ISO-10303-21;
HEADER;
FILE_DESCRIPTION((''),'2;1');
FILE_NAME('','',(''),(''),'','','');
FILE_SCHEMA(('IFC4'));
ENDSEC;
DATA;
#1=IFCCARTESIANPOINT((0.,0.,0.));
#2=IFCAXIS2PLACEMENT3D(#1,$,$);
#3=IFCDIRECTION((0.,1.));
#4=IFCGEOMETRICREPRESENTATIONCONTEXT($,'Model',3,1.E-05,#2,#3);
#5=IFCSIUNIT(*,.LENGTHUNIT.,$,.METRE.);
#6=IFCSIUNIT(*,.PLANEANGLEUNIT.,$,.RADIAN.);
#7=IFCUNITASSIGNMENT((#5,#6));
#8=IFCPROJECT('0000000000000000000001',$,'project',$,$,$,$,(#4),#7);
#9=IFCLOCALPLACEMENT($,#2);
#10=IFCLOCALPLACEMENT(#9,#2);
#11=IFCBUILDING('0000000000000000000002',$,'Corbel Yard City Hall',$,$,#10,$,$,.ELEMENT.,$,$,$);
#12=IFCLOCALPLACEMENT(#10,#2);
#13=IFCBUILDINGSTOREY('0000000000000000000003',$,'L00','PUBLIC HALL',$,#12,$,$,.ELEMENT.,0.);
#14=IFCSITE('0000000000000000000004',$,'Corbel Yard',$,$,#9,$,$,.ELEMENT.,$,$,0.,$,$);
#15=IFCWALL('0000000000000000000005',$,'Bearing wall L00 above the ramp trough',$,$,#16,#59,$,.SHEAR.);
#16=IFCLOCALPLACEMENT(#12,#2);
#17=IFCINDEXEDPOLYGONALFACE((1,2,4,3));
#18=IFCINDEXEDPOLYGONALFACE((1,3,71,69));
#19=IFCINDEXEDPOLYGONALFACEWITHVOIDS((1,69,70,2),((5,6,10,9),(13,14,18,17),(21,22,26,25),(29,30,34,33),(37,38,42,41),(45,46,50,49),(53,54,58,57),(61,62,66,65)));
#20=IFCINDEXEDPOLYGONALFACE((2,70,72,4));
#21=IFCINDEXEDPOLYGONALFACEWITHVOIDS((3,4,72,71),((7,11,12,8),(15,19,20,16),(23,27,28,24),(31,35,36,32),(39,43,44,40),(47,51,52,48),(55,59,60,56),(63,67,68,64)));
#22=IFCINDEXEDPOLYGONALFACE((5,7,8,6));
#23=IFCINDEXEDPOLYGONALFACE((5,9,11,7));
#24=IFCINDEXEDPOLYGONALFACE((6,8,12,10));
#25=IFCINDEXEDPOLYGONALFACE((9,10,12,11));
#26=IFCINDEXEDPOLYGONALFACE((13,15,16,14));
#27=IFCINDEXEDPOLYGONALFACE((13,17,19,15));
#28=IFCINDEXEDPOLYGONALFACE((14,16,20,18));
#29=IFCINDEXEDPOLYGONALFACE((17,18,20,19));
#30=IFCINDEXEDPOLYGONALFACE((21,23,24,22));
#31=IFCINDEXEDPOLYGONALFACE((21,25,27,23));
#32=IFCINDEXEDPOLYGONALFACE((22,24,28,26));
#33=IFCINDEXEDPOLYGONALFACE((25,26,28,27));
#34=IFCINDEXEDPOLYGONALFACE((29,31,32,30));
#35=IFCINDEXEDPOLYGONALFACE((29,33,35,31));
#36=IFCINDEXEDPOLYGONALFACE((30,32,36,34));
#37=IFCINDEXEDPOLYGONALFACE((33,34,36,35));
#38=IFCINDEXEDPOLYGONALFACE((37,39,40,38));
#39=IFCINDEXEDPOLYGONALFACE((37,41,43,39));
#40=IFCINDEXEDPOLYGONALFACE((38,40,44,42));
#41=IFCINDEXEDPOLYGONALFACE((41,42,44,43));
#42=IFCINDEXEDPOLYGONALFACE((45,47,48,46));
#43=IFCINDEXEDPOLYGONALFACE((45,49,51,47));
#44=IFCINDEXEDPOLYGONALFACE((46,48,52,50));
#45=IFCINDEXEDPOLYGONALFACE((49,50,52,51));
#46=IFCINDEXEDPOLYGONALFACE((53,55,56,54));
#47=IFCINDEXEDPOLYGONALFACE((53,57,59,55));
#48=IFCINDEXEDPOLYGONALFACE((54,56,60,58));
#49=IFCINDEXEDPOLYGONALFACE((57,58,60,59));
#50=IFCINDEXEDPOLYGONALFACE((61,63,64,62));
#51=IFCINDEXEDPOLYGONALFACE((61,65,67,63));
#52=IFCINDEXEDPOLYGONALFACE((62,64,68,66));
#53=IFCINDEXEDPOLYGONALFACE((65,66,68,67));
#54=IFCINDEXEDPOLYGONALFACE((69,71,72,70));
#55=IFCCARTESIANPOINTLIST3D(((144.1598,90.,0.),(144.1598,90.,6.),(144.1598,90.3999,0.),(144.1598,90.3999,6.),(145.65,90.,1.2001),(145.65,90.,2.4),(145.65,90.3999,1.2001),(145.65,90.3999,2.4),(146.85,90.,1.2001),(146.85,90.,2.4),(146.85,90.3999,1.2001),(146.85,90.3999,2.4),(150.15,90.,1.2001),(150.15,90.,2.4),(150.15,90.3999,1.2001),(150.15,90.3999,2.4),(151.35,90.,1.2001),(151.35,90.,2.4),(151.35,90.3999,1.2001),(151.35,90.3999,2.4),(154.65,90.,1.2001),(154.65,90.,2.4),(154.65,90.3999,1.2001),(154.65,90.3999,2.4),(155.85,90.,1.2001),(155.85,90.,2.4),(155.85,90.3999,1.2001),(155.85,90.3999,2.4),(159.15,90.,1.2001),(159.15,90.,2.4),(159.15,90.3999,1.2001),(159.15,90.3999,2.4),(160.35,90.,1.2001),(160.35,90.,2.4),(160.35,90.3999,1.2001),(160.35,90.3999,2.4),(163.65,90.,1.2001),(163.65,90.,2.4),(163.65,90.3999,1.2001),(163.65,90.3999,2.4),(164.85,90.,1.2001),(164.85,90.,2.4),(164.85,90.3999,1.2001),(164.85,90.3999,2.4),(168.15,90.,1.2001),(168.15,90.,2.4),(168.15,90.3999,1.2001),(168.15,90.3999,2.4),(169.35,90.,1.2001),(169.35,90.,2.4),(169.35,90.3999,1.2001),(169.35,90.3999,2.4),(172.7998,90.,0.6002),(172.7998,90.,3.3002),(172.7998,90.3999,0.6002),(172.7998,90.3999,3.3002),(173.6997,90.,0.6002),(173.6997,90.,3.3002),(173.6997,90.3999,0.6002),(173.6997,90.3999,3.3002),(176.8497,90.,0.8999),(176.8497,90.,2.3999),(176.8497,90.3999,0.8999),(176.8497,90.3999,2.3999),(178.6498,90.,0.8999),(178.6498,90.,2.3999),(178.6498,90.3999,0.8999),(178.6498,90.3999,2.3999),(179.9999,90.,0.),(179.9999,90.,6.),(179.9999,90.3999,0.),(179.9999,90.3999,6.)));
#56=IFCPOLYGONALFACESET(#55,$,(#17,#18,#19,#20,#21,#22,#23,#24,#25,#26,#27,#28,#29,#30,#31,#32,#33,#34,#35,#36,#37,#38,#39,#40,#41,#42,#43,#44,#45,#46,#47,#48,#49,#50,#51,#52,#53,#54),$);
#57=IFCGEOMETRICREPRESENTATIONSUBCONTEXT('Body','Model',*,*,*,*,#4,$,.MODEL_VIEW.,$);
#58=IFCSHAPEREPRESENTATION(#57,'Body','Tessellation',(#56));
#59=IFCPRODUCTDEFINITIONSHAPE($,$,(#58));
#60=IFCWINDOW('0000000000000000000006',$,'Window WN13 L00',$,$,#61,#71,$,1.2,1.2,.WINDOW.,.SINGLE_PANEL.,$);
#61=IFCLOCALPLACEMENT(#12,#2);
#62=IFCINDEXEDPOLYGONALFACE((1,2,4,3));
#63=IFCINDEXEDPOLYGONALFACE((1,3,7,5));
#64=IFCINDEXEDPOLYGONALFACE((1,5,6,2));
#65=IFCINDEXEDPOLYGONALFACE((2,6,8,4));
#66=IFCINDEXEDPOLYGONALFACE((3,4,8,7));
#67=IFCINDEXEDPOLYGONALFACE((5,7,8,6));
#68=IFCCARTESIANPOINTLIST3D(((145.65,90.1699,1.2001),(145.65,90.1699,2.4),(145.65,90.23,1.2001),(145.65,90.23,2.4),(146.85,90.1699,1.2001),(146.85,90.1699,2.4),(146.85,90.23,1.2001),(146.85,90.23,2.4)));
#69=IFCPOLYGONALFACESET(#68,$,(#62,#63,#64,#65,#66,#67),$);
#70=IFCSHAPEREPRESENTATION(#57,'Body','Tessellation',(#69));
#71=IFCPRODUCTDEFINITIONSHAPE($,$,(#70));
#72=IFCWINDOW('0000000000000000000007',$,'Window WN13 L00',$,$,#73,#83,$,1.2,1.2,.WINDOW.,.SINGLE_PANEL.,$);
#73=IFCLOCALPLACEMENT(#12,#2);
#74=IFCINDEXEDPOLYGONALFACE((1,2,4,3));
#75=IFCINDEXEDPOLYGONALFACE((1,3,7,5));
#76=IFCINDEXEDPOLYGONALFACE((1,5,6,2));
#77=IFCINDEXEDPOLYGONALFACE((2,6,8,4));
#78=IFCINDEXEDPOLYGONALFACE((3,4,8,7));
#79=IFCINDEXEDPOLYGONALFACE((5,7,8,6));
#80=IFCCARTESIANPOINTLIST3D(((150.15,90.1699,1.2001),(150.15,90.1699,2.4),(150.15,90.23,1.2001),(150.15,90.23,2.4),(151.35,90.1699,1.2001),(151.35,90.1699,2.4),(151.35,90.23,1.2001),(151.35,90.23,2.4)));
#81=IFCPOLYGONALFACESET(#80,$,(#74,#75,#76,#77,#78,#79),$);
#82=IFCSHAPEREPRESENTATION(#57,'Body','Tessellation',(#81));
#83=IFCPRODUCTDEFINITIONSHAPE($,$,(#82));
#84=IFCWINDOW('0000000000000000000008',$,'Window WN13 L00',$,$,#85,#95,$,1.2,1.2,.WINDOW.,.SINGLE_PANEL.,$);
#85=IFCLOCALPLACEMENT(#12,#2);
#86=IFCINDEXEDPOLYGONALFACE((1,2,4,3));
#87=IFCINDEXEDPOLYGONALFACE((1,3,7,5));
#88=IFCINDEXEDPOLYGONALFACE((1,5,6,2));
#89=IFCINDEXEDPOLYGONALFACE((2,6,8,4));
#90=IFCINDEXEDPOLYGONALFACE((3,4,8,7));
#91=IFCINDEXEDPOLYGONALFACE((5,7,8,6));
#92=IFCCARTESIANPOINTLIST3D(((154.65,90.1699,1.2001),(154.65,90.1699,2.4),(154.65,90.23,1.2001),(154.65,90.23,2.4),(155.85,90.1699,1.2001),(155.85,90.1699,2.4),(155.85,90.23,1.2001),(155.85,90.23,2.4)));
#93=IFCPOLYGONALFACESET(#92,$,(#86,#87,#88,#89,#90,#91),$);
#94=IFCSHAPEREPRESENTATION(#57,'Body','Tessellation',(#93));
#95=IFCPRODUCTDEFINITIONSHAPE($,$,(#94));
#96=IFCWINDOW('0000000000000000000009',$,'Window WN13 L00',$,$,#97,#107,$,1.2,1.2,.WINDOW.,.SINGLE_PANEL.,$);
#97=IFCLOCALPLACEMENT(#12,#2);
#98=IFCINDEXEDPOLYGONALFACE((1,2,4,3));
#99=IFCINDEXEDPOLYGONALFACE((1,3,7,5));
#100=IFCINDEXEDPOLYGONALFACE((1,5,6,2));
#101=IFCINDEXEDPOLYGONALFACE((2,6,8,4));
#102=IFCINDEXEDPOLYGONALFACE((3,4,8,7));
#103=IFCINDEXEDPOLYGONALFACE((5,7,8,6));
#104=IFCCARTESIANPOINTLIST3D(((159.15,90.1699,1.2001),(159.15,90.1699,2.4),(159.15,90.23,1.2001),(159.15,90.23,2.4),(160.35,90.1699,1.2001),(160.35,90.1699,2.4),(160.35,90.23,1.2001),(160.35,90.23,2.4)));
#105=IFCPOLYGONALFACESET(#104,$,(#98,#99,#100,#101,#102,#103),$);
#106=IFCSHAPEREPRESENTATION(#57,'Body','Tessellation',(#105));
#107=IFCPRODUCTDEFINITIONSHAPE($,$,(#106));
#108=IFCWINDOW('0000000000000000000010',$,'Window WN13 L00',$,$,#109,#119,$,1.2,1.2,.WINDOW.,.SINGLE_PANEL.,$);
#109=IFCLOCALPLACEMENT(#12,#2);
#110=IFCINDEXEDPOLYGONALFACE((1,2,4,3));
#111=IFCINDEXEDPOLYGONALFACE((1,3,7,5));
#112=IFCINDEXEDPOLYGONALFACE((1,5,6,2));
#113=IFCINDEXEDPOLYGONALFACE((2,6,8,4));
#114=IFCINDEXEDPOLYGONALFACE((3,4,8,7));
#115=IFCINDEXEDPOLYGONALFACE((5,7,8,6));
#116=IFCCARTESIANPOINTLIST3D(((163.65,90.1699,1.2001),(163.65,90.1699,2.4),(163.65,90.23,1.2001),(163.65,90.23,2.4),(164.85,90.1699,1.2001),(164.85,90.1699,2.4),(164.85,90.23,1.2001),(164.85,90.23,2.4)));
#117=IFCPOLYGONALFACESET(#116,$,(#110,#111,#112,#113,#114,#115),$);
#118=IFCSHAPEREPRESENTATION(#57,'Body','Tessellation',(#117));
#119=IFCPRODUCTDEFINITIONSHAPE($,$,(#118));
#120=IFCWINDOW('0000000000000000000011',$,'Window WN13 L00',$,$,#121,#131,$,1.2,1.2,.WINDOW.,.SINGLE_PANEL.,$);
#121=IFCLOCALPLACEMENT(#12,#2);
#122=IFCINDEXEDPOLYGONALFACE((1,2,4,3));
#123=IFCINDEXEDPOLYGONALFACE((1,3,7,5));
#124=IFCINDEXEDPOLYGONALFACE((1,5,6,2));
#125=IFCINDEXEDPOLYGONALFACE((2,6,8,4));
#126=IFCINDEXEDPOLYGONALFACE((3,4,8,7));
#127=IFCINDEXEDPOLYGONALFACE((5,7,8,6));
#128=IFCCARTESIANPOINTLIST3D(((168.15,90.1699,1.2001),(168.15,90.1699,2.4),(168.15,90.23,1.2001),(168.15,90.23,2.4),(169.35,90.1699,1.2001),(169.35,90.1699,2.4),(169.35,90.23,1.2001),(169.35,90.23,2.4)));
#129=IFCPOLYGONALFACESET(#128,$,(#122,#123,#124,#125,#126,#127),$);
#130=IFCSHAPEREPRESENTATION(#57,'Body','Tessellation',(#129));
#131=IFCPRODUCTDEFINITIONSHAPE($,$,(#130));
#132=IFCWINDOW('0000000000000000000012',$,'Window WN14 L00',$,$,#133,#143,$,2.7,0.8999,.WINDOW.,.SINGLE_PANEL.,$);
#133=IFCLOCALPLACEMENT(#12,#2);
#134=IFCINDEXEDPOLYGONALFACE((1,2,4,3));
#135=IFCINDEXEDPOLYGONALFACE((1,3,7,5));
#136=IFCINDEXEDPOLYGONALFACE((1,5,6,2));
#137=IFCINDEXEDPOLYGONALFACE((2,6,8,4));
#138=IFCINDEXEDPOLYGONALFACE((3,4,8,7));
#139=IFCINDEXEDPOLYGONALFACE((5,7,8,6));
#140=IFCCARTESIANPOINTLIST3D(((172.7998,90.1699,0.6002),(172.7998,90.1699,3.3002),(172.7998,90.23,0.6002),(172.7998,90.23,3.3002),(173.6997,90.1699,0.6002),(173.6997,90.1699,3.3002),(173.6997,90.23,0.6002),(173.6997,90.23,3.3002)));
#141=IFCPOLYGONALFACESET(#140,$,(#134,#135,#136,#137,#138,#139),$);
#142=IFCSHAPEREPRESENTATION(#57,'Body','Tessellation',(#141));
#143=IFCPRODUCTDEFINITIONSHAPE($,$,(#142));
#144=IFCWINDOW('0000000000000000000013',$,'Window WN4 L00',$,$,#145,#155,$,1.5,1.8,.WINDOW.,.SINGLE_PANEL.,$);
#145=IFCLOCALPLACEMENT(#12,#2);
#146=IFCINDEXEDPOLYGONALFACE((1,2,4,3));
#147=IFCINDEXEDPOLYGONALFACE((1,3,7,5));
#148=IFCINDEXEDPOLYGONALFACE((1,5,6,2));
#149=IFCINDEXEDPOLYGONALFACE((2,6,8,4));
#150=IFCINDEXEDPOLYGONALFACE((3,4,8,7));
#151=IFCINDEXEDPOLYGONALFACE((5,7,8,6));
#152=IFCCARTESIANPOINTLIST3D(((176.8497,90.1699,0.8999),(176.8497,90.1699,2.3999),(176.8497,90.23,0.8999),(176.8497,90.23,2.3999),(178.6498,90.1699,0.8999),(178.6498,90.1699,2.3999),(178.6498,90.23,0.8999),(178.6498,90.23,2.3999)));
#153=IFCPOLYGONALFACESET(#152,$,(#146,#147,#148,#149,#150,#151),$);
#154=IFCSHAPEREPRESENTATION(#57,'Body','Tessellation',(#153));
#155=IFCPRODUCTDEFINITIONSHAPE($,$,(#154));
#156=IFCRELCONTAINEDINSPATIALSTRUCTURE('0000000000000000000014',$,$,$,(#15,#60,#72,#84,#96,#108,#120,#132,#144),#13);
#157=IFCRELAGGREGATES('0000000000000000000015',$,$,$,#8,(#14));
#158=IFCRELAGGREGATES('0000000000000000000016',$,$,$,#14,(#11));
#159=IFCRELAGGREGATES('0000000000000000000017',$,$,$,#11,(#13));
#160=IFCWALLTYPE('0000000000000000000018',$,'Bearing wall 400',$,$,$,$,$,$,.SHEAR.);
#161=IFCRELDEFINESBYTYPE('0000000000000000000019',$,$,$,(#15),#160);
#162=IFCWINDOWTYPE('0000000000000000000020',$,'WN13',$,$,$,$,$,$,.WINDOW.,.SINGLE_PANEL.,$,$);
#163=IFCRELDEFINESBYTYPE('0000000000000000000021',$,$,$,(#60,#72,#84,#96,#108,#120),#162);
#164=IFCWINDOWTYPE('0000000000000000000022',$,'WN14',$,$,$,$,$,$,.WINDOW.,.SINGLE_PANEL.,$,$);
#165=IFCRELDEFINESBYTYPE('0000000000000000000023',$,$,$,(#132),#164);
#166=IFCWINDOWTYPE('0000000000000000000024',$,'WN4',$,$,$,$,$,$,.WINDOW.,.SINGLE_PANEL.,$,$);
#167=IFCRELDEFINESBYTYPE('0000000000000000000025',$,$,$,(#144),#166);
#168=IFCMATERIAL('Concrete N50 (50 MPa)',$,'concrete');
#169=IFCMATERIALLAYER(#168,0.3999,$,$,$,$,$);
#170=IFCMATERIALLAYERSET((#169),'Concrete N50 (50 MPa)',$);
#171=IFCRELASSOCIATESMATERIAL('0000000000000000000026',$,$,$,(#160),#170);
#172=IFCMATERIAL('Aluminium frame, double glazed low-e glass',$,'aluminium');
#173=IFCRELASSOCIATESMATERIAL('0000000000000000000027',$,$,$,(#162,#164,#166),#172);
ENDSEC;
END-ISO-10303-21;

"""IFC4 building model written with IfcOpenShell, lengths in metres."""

from ifc_helpers import new_model, si_unit, direction, frame, frame_2d, origin, place, context, subcontext, project, spatial, rectangle, extrude, material, layer, layer_set, type_object, element, fill, save


model = new_model("IFC4")

# Units and contexts
model_context = context("Model", 3, precision=1e-05, world=origin(), true_north=direction((0.0, 1.0)))
body_context = subcontext(model_context, "Body", "Model", "MODEL_VIEW")
ifc_project = project(units=[si_unit("LENGTHUNIT", "METRE"), si_unit("PLANEANGLEUNIT", "RADIAN")], contexts=[model_context])

# Site, building, storey
site_placement = place(None, origin())
site = spatial("IfcSite", under=ifc_project, at=site_placement, Name="Corbel Yard", CompositionType="ELEMENT", RefElevation=0.0)
building_placement = place(site_placement, origin())
building = spatial("IfcBuilding", under=site, at=building_placement, Name="Corbel Yard City Hall", CompositionType="ELEMENT")
storey_placement = place(building_placement, origin())
storey = spatial("IfcBuildingStorey", under=building, at=storey_placement, Name="L00", Description="PUBLIC HALL", CompositionType="ELEMENT", Elevation=0.0)

# Wall, openings, windows
ifc_material_1 = material(Name="Concrete N50 (50 MPa)", Category="concrete")
ifc_layer_1 = layer(ifc_material_1, 0.3999)
ifc_layer_set_1 = layer_set([ifc_layer_1], Name="Concrete N50 (50 MPa)")
wall_type_1 = type_object("IfcWallType", Name="Bearing wall 400", PredefinedType="SHEAR", material=ifc_layer_set_1)
wall_1_placement = place(storey_placement, frame((144.1599, 90.2, 0.0), z_axis=(0.0, 0.0, 1.0), x_axis=(1.0, 0.0, 0.0)))
wall_1 = element("IfcWall", 1, at=wall_1_placement, inside=storey, type_object=wall_type_1, Name="Bearing wall L00 above the ramp trough", PredefinedType="SHEAR", context=body_context, shape_type="SweptSolid", body=[
    extrude(rectangle(XDim=35.8401, YDim=0.3999, at=frame_2d((17.9199, 0.0))), origin(), (0.0, 0.0, 1.0), 6.0),
])
opening_1_placement = place(wall_1_placement, frame((1.49, 0.0, 1.2)))
opening_1 = element("IfcOpeningElement", 2, at=opening_1_placement, cuts=wall_1, PredefinedType="OPENING", context=body_context, shape_type="SweptSolid", body=[
    extrude(rectangle(XDim=1.2, YDim=1.2, at=frame_2d((0.6001, 0.6001))), frame((0.0, 0.21, 0.0), z_axis=(0.0, -1.0, 0.0), x_axis=(1.0, 0.0, 0.0)), (0.0, 0.0, 1.0), 0.4199),
])
opening_2_placement = place(wall_1_placement, frame((5.99, 0.0, 1.2)))
opening_2 = element("IfcOpeningElement", 3, at=opening_2_placement, cuts=wall_1, PredefinedType="OPENING", context=body_context, shape_type="SweptSolid", body=[
    extrude(rectangle(XDim=1.2, YDim=1.2, at=frame_2d((0.6001, 0.6001))), frame((0.0, 0.21, 0.0), z_axis=(0.0, -1.0, 0.0), x_axis=(1.0, 0.0, 0.0)), (0.0, 0.0, 1.0), 0.4199),
])
opening_3_placement = place(wall_1_placement, frame((10.49, 0.0, 1.2)))
opening_3 = element("IfcOpeningElement", 4, at=opening_3_placement, cuts=wall_1, PredefinedType="OPENING", context=body_context, shape_type="SweptSolid", body=[
    extrude(rectangle(XDim=1.2, YDim=1.2, at=frame_2d((0.6001, 0.6001))), frame((0.0, 0.21, 0.0), z_axis=(0.0, -1.0, 0.0), x_axis=(1.0, 0.0, 0.0)), (0.0, 0.0, 1.0), 0.4199),
])
opening_4_placement = place(wall_1_placement, frame((14.99, 0.0, 1.2)))
opening_4 = element("IfcOpeningElement", 5, at=opening_4_placement, cuts=wall_1, PredefinedType="OPENING", context=body_context, shape_type="SweptSolid", body=[
    extrude(rectangle(XDim=1.2, YDim=1.2, at=frame_2d((0.6001, 0.6001))), frame((0.0, 0.21, 0.0), z_axis=(0.0, -1.0, 0.0), x_axis=(1.0, 0.0, 0.0)), (0.0, 0.0, 1.0), 0.4199),
])
opening_5_placement = place(wall_1_placement, frame((19.49, 0.0, 1.2)))
opening_5 = element("IfcOpeningElement", 6, at=opening_5_placement, cuts=wall_1, PredefinedType="OPENING", context=body_context, shape_type="SweptSolid", body=[
    extrude(rectangle(XDim=1.2, YDim=1.2, at=frame_2d((0.6001, 0.6001))), frame((0.0, 0.21, 0.0), z_axis=(0.0, -1.0, 0.0), x_axis=(1.0, 0.0, 0.0)), (0.0, 0.0, 1.0), 0.4199),
])
opening_6_placement = place(wall_1_placement, frame((23.99, 0.0, 1.2)))
opening_6 = element("IfcOpeningElement", 7, at=opening_6_placement, cuts=wall_1, PredefinedType="OPENING", context=body_context, shape_type="SweptSolid", body=[
    extrude(rectangle(XDim=1.2, YDim=1.2, at=frame_2d((0.6001, 0.6001))), frame((0.0, 0.21, 0.0), z_axis=(0.0, -1.0, 0.0), x_axis=(1.0, 0.0, 0.0)), (0.0, 0.0, 1.0), 0.4199),
])
opening_7_placement = place(wall_1_placement, frame((28.6399, 0.0, 0.6001)))
opening_7 = element("IfcOpeningElement", 8, at=opening_7_placement, cuts=wall_1, PredefinedType="OPENING", context=body_context, shape_type="SweptSolid", body=[
    extrude(rectangle(XDim=0.8999, YDim=2.7, at=frame_2d((0.45, 1.3501))), frame((0.0, 0.21, 0.0), z_axis=(0.0, -1.0, 0.0), x_axis=(1.0, 0.0, 0.0)), (0.0, 0.0, 1.0), 0.4199),
])
opening_8_placement = place(wall_1_placement, frame((32.6899, 0.0, 0.8999)))
opening_8 = element("IfcOpeningElement", 9, at=opening_8_placement, cuts=wall_1, PredefinedType="OPENING", context=body_context, shape_type="SweptSolid", body=[
    extrude(rectangle(XDim=1.8, YDim=1.5, at=frame_2d((0.8999, 0.75))), frame((0.0, 0.21, 0.0), z_axis=(0.0, -1.0, 0.0), x_axis=(1.0, 0.0, 0.0)), (0.0, 0.0, 1.0), 0.4199),
])
ifc_material_2 = material(Name="Aluminium frame, double glazed low-e glass", Category="aluminium")
window_type_1 = type_object("IfcWindowType", Name="WN13", PartitioningType="SINGLE_PANEL", PredefinedType="WINDOW", material=ifc_material_2)
window_1_placement = place(opening_1_placement, origin())
window_1 = element("IfcWindow", 10, at=window_1_placement, inside=storey, type_object=window_type_1, Name="Window WN13 L00", OverallHeight=1.2, OverallWidth=1.2, PartitioningType="SINGLE_PANEL", PredefinedType="WINDOW", context=body_context, shape_type="SweptSolid", body=[
    extrude(rectangle(XDim=1.2, YDim=1.2, at=frame_2d((0.6001, 0.6001))), frame((0.0, 0.03, 0.0), z_axis=(0.0, -1.0, 0.0), x_axis=(1.0, 0.0, 0.0)), (0.0, 0.0, 1.0), 0.0601),
])
fill(opening_1, window_1)
window_2_placement = place(opening_2_placement, origin())
window_2 = element("IfcWindow", 11, at=window_2_placement, inside=storey, type_object=window_type_1, Name="Window WN13 L00", OverallHeight=1.2, OverallWidth=1.2, PartitioningType="SINGLE_PANEL", PredefinedType="WINDOW", context=body_context, shape_type="SweptSolid", body=[
    extrude(rectangle(XDim=1.2, YDim=1.2, at=frame_2d((0.6001, 0.6001))), frame((0.0, 0.03, 0.0), z_axis=(0.0, -1.0, 0.0), x_axis=(1.0, 0.0, 0.0)), (0.0, 0.0, 1.0), 0.0601),
])
fill(opening_2, window_2)
window_3_placement = place(opening_3_placement, origin())
window_3 = element("IfcWindow", 12, at=window_3_placement, inside=storey, type_object=window_type_1, Name="Window WN13 L00", OverallHeight=1.2, OverallWidth=1.2, PartitioningType="SINGLE_PANEL", PredefinedType="WINDOW", context=body_context, shape_type="SweptSolid", body=[
    extrude(rectangle(XDim=1.2, YDim=1.2, at=frame_2d((0.6001, 0.6001))), frame((0.0, 0.03, 0.0), z_axis=(0.0, -1.0, 0.0), x_axis=(1.0, 0.0, 0.0)), (0.0, 0.0, 1.0), 0.0601),
])
fill(opening_3, window_3)
window_4_placement = place(opening_4_placement, origin())
window_4 = element("IfcWindow", 13, at=window_4_placement, inside=storey, type_object=window_type_1, Name="Window WN13 L00", OverallHeight=1.2, OverallWidth=1.2, PartitioningType="SINGLE_PANEL", PredefinedType="WINDOW", context=body_context, shape_type="SweptSolid", body=[
    extrude(rectangle(XDim=1.2, YDim=1.2, at=frame_2d((0.6001, 0.6001))), frame((0.0, 0.03, 0.0), z_axis=(0.0, -1.0, 0.0), x_axis=(1.0, 0.0, 0.0)), (0.0, 0.0, 1.0), 0.0601),
])
fill(opening_4, window_4)
window_5_placement = place(opening_5_placement, origin())
window_5 = element("IfcWindow", 14, at=window_5_placement, inside=storey, type_object=window_type_1, Name="Window WN13 L00", OverallHeight=1.2, OverallWidth=1.2, PartitioningType="SINGLE_PANEL", PredefinedType="WINDOW", context=body_context, shape_type="SweptSolid", body=[
    extrude(rectangle(XDim=1.2, YDim=1.2, at=frame_2d((0.6001, 0.6001))), frame((0.0, 0.03, 0.0), z_axis=(0.0, -1.0, 0.0), x_axis=(1.0, 0.0, 0.0)), (0.0, 0.0, 1.0), 0.0601),
])
fill(opening_5, window_5)
window_6_placement = place(opening_6_placement, origin())
window_6 = element("IfcWindow", 15, at=window_6_placement, inside=storey, type_object=window_type_1, Name="Window WN13 L00", OverallHeight=1.2, OverallWidth=1.2, PartitioningType="SINGLE_PANEL", PredefinedType="WINDOW", context=body_context, shape_type="SweptSolid", body=[
    extrude(rectangle(XDim=1.2, YDim=1.2, at=frame_2d((0.6001, 0.6001))), frame((0.0, 0.03, 0.0), z_axis=(0.0, -1.0, 0.0), x_axis=(1.0, 0.0, 0.0)), (0.0, 0.0, 1.0), 0.0601),
])
fill(opening_6, window_6)
window_type_2 = type_object("IfcWindowType", Name="WN14", PartitioningType="SINGLE_PANEL", PredefinedType="WINDOW", material=ifc_material_2)
window_7_placement = place(opening_7_placement, origin())
window_7 = element("IfcWindow", 16, at=window_7_placement, inside=storey, type_object=window_type_2, Name="Window WN14 L00", OverallHeight=2.7, OverallWidth=0.8999, PartitioningType="SINGLE_PANEL", PredefinedType="WINDOW", context=body_context, shape_type="SweptSolid", body=[
    extrude(rectangle(XDim=0.8999, YDim=2.7, at=frame_2d((0.45, 1.3501))), frame((0.0, 0.03, 0.0), z_axis=(0.0, -1.0, 0.0), x_axis=(1.0, 0.0, 0.0)), (0.0, 0.0, 1.0), 0.0601),
])
fill(opening_7, window_7)
window_type_3 = type_object("IfcWindowType", Name="WN4", PartitioningType="SINGLE_PANEL", PredefinedType="WINDOW", material=ifc_material_2)
window_8_placement = place(opening_8_placement, origin())
window_8 = element("IfcWindow", 17, at=window_8_placement, inside=storey, type_object=window_type_3, Name="Window WN4 L00", OverallHeight=1.5, OverallWidth=1.8, PartitioningType="SINGLE_PANEL", PredefinedType="WINDOW", context=body_context, shape_type="SweptSolid", body=[
    extrude(rectangle(XDim=1.8, YDim=1.5, at=frame_2d((0.8999, 0.75))), frame((0.0, 0.03, 0.0), z_axis=(0.0, -1.0, 0.0), x_axis=(1.0, 0.0, 0.0)), (0.0, 0.0, 1.0), 0.0601),
])
fill(opening_8, window_8)

save(model, "model.ifc")
